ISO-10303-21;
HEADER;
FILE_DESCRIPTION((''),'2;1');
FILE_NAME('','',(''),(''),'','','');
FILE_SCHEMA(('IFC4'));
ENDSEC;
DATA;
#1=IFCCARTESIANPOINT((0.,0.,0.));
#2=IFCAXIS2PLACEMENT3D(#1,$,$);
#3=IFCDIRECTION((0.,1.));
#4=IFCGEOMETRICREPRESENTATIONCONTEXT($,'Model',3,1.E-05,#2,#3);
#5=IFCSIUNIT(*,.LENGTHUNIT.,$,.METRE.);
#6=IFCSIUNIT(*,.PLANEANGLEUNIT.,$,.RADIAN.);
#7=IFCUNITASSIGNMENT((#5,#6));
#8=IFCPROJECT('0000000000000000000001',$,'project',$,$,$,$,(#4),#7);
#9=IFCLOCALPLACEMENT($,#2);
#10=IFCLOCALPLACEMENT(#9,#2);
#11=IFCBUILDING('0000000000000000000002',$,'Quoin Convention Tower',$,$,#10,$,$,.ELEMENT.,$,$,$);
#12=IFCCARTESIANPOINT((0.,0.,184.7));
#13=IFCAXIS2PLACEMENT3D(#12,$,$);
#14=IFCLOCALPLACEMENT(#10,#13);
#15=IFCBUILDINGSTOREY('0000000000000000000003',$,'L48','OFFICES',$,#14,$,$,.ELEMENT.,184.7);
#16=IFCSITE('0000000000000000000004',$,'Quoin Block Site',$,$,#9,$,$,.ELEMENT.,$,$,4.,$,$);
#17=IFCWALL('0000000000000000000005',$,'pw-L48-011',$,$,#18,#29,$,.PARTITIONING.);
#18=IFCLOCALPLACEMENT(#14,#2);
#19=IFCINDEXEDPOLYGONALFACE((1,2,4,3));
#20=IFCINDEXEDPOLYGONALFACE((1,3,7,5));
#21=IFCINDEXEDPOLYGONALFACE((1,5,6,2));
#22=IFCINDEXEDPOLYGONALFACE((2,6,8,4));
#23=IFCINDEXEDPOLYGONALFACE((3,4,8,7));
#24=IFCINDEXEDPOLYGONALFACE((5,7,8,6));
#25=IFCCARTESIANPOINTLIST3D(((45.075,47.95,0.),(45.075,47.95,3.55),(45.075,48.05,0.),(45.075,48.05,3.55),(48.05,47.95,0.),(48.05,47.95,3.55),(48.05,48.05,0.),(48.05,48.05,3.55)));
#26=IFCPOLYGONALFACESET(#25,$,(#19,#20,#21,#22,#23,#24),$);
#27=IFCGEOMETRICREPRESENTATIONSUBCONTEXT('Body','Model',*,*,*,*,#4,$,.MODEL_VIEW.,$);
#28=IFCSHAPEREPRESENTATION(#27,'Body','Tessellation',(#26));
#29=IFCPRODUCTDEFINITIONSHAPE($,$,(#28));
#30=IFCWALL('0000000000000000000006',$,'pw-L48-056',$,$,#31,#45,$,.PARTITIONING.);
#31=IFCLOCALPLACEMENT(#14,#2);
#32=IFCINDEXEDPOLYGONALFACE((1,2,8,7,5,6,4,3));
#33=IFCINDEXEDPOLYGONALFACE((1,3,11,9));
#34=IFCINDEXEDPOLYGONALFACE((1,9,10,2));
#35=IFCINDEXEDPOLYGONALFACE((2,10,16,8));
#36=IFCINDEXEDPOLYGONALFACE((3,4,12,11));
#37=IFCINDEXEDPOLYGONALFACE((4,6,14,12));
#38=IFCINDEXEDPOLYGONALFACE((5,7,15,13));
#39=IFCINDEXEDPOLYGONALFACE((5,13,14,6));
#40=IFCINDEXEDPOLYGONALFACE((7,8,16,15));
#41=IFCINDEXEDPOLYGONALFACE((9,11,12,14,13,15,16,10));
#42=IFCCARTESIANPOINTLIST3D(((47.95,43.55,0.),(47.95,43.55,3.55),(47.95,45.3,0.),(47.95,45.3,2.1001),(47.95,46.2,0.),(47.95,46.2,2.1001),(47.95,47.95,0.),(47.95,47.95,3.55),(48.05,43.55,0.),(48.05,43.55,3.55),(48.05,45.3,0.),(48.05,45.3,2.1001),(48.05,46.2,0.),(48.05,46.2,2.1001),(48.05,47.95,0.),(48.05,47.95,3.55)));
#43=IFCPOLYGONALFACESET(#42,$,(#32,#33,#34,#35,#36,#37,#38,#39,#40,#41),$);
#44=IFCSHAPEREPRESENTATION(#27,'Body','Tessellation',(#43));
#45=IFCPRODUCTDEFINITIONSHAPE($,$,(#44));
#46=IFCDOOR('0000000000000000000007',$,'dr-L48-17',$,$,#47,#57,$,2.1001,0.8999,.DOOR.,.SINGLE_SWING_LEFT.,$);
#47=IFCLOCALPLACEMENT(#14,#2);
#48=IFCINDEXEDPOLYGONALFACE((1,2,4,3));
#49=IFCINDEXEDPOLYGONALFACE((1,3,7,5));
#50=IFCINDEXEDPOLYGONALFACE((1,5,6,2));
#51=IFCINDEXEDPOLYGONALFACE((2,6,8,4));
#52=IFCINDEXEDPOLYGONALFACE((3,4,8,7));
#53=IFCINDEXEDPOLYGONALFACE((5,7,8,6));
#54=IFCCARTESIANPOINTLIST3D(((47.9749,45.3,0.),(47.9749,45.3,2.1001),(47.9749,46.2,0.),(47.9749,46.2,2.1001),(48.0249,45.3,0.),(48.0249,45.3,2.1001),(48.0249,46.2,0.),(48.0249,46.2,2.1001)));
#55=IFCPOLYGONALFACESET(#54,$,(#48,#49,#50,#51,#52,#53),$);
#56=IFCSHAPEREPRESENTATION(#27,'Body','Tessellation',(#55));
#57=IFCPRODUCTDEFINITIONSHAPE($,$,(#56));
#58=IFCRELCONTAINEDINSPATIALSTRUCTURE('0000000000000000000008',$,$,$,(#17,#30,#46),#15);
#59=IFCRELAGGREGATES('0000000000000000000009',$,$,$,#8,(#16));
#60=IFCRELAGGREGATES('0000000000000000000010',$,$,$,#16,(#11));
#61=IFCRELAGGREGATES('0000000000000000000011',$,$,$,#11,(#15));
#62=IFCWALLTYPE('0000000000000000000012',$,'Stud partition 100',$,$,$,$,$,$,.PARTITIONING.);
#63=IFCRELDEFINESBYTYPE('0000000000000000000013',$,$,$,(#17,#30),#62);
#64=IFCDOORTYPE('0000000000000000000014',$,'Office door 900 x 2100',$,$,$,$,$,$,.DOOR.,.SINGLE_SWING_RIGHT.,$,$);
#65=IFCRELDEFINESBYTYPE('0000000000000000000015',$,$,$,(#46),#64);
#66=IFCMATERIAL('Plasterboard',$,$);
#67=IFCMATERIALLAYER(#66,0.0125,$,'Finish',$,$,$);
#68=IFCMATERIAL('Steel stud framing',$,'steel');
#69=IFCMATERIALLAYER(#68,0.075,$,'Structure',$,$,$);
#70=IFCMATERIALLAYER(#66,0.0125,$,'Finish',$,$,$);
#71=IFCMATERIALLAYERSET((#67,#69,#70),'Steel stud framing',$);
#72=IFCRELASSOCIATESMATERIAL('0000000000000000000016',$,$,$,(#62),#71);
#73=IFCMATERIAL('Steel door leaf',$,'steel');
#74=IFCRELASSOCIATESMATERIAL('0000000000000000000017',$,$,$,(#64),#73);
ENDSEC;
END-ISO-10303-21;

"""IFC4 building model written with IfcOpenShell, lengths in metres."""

from ifc_helpers import new_model, si_unit, direction, frame, frame_2d, origin, place, context, subcontext, project, spatial, rectangle, extrude, material, layer, layer_set, type_object, element, fill, save


model = new_model("IFC4")

# Units and contexts
model_context = context("Model", 3, precision=1e-05, world=origin(), true_north=direction((0.0, 1.0)))
body_context = subcontext(model_context, "Body", "Model", "MODEL_VIEW")
ifc_project = project(units=[si_unit("LENGTHUNIT", "METRE"), si_unit("PLANEANGLEUNIT", "RADIAN")], contexts=[model_context])

# Site, building, storey
site_placement = place(None, origin())
site = spatial("IfcSite", under=ifc_project, at=site_placement, Name="Quoin Block Site", CompositionType="ELEMENT", RefElevation=4.0)
building_placement = place(site_placement, origin())
building = spatial("IfcBuilding", under=site, at=building_placement, Name="Quoin Convention Tower", CompositionType="ELEMENT")
storey_placement = place(building_placement, frame((0.0, 0.0, 184.7)))
storey = spatial("IfcBuildingStorey", under=building, at=storey_placement, Name="L48", Description="OFFICES", CompositionType="ELEMENT", Elevation=184.7)

# Shared definitions
ifc_material_1 = material(Name="Plasterboard")
ifc_material_2 = material(Name="Steel stud framing", Category="steel")
ifc_material_3 = material(Name="Steel door leaf", Category="steel")

# Wall
ifc_layer_1 = layer(ifc_material_1, 0.0125, Name="Finish")
ifc_layer_2 = layer(ifc_material_2, 0.075, Name="Structure")
ifc_layer_3 = layer(ifc_material_1, 0.0125, Name="Finish")
ifc_layer_set_1 = layer_set([ifc_layer_1, ifc_layer_2, ifc_layer_3], Name="Steel stud framing")
wall_type_1 = type_object("IfcWallType", Name="Stud partition 100", PredefinedType="PARTITIONING", material=ifc_layer_set_1)
wall_1_placement = place(storey_placement, frame((45.075, 48.0, 0.0), z_axis=(0.0, 0.0, 1.0), x_axis=(1.0, 0.0, 0.0)))
element("IfcWall", 1, at=wall_1_placement, inside=storey, type_object=wall_type_1, Name="pw-L48-011", PredefinedType="PARTITIONING", context=body_context, shape_type="SweptSolid", body=[
    extrude(rectangle(XDim=2.9751, YDim=0.1001, at=frame_2d((1.4875, 0.0))), origin(), (0.0, 0.0, 1.0), 3.55),
])

# Wall, opening, door
wall_2_placement = place(storey_placement, frame((48.0, 43.55, 0.0), z_axis=(0.0, 0.0, 1.0), x_axis=(0.0, 1.0, 0.0)))
wall_2 = element("IfcWall", 2, at=wall_2_placement, inside=storey, type_object=wall_type_1, Name="pw-L48-056", PredefinedType="PARTITIONING", context=body_context, shape_type="SweptSolid", body=[
    extrude(rectangle(XDim=4.3999, YDim=0.1001, at=frame_2d((2.2, 0.0))), origin(), (0.0, 0.0, 1.0), 3.55),
])
opening_1_placement = place(wall_2_placement, frame((1.75, 0.0, 0.0)))
opening_1 = element("IfcOpeningElement", 3, at=opening_1_placement, cuts=wall_2, PredefinedType="OPENING", context=body_context, shape_type="SweptSolid", body=[
    extrude(rectangle(XDim=0.8999, YDim=2.1001, at=frame_2d((0.45, 1.05))), frame((0.0, 0.0601, 0.0), z_axis=(0.0, -1.0, 0.0), x_axis=(1.0, 0.0, 0.0)), (0.0, 0.0, 1.0), 0.1201),
])
door_type_1 = type_object("IfcDoorType", Name="Office door 900 x 2100", OperationType="SINGLE_SWING_RIGHT", PredefinedType="DOOR", material=ifc_material_3)
door_1_placement = place(opening_1_placement, frame((0.8999, 0.0, 0.0), z_axis=(0.0, 0.0, 1.0), x_axis=(-1.0, 0.0, 0.0)))
door_1 = element("IfcDoor", 4, at=door_1_placement, inside=storey, type_object=door_type_1, Name="dr-L48-17", OperationType="SINGLE_SWING_LEFT", OverallHeight=2.1001, OverallWidth=0.8999, PredefinedType="DOOR", context=body_context, shape_type="SweptSolid", body=[
    extrude(rectangle(XDim=0.8999, YDim=2.1001, at=frame_2d((0.45, 1.05))), frame((0.0, 0.0249, 0.0), z_axis=(0.0, -1.0, 0.0), x_axis=(1.0, 0.0, 0.0)), (0.0, 0.0, 1.0), 0.05),
])
fill(opening_1, door_1)

save(model, "model.ifc")
